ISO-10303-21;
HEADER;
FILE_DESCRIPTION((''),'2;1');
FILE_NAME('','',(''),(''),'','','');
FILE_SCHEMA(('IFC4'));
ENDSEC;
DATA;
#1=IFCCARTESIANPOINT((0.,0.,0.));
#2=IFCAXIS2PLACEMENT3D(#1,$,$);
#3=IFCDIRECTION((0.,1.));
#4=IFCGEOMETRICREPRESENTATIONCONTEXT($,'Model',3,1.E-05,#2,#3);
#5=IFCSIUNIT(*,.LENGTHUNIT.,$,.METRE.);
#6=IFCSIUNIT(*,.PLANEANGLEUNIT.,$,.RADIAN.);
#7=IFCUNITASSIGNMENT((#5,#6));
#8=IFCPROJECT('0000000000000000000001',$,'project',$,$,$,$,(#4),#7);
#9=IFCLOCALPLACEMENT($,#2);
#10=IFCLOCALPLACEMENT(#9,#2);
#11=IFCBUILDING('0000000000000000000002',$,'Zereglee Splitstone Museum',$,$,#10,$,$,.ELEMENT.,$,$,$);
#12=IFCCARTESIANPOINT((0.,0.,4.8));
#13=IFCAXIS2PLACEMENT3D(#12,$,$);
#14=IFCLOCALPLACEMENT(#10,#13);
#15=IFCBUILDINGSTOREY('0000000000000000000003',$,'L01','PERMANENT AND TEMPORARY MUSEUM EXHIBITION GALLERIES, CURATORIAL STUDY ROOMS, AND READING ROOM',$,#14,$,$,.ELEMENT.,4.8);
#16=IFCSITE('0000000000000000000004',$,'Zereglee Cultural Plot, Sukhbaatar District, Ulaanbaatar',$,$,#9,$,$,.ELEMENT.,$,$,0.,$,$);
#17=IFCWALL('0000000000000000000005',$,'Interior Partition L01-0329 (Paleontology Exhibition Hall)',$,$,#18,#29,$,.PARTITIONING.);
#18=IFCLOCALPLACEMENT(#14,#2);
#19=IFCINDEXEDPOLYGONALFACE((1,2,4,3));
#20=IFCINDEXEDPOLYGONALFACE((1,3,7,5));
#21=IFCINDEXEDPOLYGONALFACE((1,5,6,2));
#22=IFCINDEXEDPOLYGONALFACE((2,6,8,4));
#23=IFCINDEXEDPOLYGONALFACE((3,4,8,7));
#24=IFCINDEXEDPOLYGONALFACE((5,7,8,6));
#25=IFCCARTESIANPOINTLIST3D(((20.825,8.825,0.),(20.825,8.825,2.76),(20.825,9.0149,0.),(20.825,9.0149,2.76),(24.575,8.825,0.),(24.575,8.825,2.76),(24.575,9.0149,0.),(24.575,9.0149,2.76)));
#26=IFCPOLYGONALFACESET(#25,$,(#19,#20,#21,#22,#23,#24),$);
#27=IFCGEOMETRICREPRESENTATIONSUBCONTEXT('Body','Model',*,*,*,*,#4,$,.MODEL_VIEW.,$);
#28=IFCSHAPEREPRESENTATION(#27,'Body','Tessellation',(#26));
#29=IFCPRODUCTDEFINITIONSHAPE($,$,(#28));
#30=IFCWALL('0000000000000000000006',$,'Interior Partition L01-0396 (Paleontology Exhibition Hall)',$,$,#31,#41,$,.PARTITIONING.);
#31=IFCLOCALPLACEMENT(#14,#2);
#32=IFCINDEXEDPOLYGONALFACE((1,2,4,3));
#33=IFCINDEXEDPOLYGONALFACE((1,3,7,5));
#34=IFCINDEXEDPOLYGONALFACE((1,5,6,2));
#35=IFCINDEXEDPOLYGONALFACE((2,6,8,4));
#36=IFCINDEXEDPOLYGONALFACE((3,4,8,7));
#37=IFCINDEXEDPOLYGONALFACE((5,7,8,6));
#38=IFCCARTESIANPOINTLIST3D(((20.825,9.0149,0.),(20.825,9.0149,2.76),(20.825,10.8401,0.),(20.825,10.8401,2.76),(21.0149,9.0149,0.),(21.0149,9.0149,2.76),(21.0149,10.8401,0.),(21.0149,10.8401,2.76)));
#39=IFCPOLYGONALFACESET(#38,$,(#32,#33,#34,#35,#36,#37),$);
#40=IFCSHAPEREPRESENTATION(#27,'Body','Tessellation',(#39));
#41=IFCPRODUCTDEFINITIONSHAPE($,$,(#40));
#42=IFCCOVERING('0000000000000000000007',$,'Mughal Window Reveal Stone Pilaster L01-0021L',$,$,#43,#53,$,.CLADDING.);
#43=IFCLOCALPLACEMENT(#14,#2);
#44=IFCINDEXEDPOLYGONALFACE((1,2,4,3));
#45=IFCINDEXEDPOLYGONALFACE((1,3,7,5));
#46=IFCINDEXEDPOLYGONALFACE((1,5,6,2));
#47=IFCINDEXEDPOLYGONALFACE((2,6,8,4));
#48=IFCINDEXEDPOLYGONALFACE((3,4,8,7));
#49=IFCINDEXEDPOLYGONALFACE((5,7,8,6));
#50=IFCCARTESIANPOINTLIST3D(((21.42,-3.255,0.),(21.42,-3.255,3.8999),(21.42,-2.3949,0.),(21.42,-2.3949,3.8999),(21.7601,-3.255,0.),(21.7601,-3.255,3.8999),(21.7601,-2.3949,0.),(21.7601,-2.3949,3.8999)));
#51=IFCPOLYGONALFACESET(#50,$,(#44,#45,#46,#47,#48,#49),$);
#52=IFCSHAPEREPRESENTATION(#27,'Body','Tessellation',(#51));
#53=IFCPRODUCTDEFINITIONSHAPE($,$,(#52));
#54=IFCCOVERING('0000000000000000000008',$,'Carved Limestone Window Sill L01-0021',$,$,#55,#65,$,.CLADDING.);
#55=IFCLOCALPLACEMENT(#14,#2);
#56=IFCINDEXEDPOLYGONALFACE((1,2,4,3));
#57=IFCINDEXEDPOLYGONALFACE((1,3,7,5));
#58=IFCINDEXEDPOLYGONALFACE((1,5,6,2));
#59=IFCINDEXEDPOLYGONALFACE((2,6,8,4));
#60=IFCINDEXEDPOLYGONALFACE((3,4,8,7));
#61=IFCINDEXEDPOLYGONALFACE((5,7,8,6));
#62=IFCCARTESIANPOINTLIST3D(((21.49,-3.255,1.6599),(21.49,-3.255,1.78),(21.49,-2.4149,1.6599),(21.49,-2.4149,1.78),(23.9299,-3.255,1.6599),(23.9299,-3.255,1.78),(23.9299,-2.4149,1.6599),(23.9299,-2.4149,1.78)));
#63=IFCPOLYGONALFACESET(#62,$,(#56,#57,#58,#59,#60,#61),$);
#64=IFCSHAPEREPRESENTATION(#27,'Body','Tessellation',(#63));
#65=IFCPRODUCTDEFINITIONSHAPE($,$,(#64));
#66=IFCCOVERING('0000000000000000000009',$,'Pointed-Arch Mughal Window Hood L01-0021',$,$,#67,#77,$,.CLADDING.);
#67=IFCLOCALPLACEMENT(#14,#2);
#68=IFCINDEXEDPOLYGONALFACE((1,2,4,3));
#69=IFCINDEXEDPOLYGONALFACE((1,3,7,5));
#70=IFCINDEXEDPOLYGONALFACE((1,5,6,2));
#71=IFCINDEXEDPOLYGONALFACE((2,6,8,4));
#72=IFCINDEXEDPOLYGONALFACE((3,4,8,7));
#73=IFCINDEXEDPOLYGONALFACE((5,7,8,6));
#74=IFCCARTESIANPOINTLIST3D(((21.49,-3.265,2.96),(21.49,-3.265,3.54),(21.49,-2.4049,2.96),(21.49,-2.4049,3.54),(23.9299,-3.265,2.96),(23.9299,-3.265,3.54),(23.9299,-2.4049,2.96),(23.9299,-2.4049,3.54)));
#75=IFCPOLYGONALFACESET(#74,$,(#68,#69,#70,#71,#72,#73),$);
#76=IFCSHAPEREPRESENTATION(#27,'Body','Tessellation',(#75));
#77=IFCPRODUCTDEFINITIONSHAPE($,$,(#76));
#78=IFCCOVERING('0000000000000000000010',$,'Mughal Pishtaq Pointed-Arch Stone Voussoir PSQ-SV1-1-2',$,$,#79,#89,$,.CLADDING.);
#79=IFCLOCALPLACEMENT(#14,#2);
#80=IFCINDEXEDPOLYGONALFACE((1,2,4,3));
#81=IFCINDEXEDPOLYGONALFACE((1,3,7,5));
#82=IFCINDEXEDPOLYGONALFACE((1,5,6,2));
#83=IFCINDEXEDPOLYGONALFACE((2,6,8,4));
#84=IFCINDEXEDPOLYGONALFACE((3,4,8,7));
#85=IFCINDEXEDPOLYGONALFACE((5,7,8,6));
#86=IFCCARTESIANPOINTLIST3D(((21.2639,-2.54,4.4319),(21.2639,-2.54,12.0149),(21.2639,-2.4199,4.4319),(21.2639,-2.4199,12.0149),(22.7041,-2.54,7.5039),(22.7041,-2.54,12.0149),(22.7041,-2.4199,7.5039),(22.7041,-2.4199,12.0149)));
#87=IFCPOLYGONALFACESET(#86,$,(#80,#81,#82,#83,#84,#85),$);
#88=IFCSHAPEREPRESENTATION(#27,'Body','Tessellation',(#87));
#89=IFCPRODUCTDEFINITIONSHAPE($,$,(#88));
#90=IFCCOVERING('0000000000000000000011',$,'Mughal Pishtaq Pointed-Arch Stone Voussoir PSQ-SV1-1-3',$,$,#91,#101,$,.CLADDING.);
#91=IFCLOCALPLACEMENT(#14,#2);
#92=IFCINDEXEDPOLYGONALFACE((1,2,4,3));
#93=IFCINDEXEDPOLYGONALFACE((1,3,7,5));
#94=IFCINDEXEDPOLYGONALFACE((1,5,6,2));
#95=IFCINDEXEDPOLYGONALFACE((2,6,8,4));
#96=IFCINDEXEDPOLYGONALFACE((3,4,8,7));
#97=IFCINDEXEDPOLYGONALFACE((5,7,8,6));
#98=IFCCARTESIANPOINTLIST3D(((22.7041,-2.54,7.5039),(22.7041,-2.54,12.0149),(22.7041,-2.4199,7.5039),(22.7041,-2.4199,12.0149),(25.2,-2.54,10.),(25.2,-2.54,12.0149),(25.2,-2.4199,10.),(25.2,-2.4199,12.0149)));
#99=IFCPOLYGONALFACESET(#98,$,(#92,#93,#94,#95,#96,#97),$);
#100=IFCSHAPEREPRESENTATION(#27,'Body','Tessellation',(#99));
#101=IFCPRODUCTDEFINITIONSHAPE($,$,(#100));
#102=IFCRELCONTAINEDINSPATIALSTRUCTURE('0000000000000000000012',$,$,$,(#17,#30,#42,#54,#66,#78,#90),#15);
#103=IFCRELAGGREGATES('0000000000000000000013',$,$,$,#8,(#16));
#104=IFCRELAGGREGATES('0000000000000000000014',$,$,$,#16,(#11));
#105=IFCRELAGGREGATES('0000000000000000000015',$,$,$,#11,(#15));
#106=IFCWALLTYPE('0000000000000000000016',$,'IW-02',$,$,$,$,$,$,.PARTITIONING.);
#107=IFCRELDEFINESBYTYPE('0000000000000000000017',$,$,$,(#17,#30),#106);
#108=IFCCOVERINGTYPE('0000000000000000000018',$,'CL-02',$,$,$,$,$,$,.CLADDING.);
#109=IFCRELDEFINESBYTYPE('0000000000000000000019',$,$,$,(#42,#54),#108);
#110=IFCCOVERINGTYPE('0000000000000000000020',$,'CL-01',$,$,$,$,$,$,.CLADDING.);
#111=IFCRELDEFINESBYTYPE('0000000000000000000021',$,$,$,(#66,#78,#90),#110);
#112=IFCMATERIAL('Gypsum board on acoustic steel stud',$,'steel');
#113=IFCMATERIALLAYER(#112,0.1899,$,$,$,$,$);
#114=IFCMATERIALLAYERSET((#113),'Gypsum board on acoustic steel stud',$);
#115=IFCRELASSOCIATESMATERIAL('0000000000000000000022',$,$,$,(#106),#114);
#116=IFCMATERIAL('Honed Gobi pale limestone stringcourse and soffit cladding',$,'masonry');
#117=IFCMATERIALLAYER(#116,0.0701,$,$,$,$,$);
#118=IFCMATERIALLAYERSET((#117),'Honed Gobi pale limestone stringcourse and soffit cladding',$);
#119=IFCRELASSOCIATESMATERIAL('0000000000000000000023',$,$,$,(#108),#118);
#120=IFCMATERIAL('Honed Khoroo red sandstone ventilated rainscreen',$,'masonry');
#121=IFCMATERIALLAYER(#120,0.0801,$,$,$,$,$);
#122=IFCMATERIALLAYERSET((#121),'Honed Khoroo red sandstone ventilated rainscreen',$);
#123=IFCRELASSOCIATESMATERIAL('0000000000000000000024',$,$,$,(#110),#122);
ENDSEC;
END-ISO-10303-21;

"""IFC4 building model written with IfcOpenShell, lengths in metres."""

from ifc_helpers import new_model, si_unit, direction, frame, frame_2d, origin, origin_2d, place, context, subcontext, project, spatial, polyline, rectangle, outline, extrude, material, layer, layer_set, type_object, element, save


model = new_model("IFC4")

# Units and contexts
model_context = context("Model", 3, precision=1e-05, world=origin(), true_north=direction((0.0, 1.0)))
body_context = subcontext(model_context, "Body", "Model", "MODEL_VIEW")
ifc_project = project(units=[si_unit("LENGTHUNIT", "METRE"), si_unit("PLANEANGLEUNIT", "RADIAN")], contexts=[model_context])

# Site, building, storey
site_placement = place(None, origin())
site = spatial("IfcSite", under=ifc_project, at=site_placement, Name="Zereglee Cultural Plot, Sukhbaatar District, Ulaanbaatar", CompositionType="ELEMENT", RefElevation=0.0)
building_placement = place(site_placement, origin())
building = spatial("IfcBuilding", under=site, at=building_placement, Name="Zereglee Splitstone Museum", CompositionType="ELEMENT")
storey_placement = place(building_placement, frame((0.0, 0.0, 4.8)))
storey = spatial("IfcBuildingStorey", under=building, at=storey_placement, Name="L01", Description="PERMANENT AND TEMPORARY MUSEUM EXHIBITION GALLERIES, CURATORIAL STUDY ROOMS, AND READING ROOM", CompositionType="ELEMENT", Elevation=4.8)

# Walls
ifc_material_1 = material(Name="Gypsum board on acoustic steel stud", Category="steel")
ifc_layer_1 = layer(ifc_material_1, 0.1899)
ifc_layer_set_1 = layer_set([ifc_layer_1], Name="Gypsum board on acoustic steel stud")
wall_type_1 = type_object("IfcWallType", Name="IW-02", PredefinedType="PARTITIONING", material=ifc_layer_set_1)
wall_1_placement = place(storey_placement, frame((20.825, 8.9199, 0.0), z_axis=(0.0, 0.0, 1.0), x_axis=(1.0, 0.0, 0.0)))
element("IfcWall", 1, at=wall_1_placement, inside=storey, type_object=wall_type_1, Name="Interior Partition L01-0329 (Paleontology Exhibition Hall)", PredefinedType="PARTITIONING", context=body_context, shape_type="SweptSolid", body=[
    extrude(rectangle(XDim=3.75, YDim=0.1899, at=frame_2d((1.875, 0.0))), origin(), (0.0, 0.0, 1.0), 2.76),
])
wall_2_placement = place(storey_placement, frame((20.9199, 9.0149, 0.0), z_axis=(0.0, 0.0, 1.0), x_axis=(0.0, 1.0, 0.0)))
element("IfcWall", 2, at=wall_2_placement, inside=storey, type_object=wall_type_1, Name="Interior Partition L01-0396 (Paleontology Exhibition Hall)", PredefinedType="PARTITIONING", context=body_context, shape_type="SweptSolid", body=[
    extrude(rectangle(XDim=1.8252, YDim=0.1899, at=frame_2d((0.9126, 0.0))), origin(), (0.0, 0.0, 1.0), 2.76),
])

# Coverings
ifc_material_2 = material(Name="Honed Gobi pale limestone stringcourse and soffit cladding", Category="masonry")
ifc_layer_2 = layer(ifc_material_2, 0.0701)
ifc_layer_set_2 = layer_set([ifc_layer_2], Name="Honed Gobi pale limestone stringcourse and soffit cladding")
covering_type_1 = type_object("IfcCoveringType", Name="CL-02", PredefinedType="CLADDING", material=ifc_layer_set_2)
covering_1_placement = place(storey_placement, frame((21.5901, -2.825, 0.0), z_axis=(0.0, 0.0, 1.0), x_axis=(1.0, 0.0, 0.0)))
element("IfcCovering", 3, at=covering_1_placement, inside=storey, type_object=covering_type_1, Name="Mughal Window Reveal Stone Pilaster L01-0021L", PredefinedType="CLADDING", context=body_context, shape_type="SweptSolid", body=[
    extrude(rectangle(XDim=0.3401, YDim=0.8601, at=origin_2d()), origin(), (0.0, 0.0, 1.0), 3.8999),
])
covering_2_placement = place(storey_placement, frame((22.71, -2.835, 1.6599), z_axis=(0.0, 0.0, 1.0), x_axis=(1.0, 0.0, 0.0)))
element("IfcCovering", 4, at=covering_2_placement, inside=storey, type_object=covering_type_1, Name="Carved Limestone Window Sill L01-0021", PredefinedType="CLADDING", context=body_context, shape_type="SweptSolid", body=[
    extrude(rectangle(XDim=2.4399, YDim=0.8401, at=origin_2d()), origin(), (0.0, 0.0, 1.0), 0.1201),
])
ifc_material_3 = material(Name="Honed Khoroo red sandstone ventilated rainscreen", Category="masonry")
ifc_layer_3 = layer(ifc_material_3, 0.0801)
ifc_layer_set_3 = layer_set([ifc_layer_3], Name="Honed Khoroo red sandstone ventilated rainscreen")
covering_type_2 = type_object("IfcCoveringType", Name="CL-01", PredefinedType="CLADDING", material=ifc_layer_set_3)
covering_3_placement = place(storey_placement, frame((22.71, -2.835, 2.96), z_axis=(0.0, 0.0, 1.0), x_axis=(1.0, 0.0, 0.0)))
element("IfcCovering", 5, at=covering_3_placement, inside=storey, type_object=covering_type_2, Name="Pointed-Arch Mughal Window Hood L01-0021", PredefinedType="CLADDING", context=body_context, shape_type="SweptSolid", body=[
    extrude(rectangle(XDim=2.4399, YDim=0.8601, at=origin_2d()), origin(), (0.0, 0.0, 1.0), 0.5801),
])
covering_4_placement = place(storey_placement, frame((21.2639, -2.54, 4.4319), z_axis=(0.0, -1.0, 0.0), x_axis=(0.424476, 0.0, 0.905439)))
element("IfcCovering", 6, at=covering_4_placement, inside=storey, type_object=covering_type_2, Name="Mughal Pishtaq Pointed-Arch Stone Voussoir PSQ-SV1-1-2", PredefinedType="CLADDING", context=body_context, shape_type="SweptSolid", body=[
    extrude(outline(polyline([(0.0, 0.0), (3.3929, 0.0), (7.4773, 1.9148), (6.866, 3.2188), (0.0, 0.0)])), origin(), (0.0, 0.0, -1.0), 0.1201),
])
covering_5_placement = place(storey_placement, frame((22.7041, -2.54, 7.5039), z_axis=(0.0, -1.0, 0.0), x_axis=(0.707072, 0.0, 0.707141)))
element("IfcCovering", 7, at=covering_5_placement, inside=storey, type_object=covering_type_2, Name="Mughal Pishtaq Pointed-Arch Stone Voussoir PSQ-SV1-1-3", PredefinedType="CLADDING", context=body_context, shape_type="SweptSolid", body=[
    extrude(outline(polyline([(0.0, 0.0), (3.5298, 0.0), (4.9547, 1.4247), (3.1899, 3.1896), (0.0, 0.0)])), origin(), (0.0, 0.0, -1.0), 0.1201),
])

save(model, "model.ifc")
